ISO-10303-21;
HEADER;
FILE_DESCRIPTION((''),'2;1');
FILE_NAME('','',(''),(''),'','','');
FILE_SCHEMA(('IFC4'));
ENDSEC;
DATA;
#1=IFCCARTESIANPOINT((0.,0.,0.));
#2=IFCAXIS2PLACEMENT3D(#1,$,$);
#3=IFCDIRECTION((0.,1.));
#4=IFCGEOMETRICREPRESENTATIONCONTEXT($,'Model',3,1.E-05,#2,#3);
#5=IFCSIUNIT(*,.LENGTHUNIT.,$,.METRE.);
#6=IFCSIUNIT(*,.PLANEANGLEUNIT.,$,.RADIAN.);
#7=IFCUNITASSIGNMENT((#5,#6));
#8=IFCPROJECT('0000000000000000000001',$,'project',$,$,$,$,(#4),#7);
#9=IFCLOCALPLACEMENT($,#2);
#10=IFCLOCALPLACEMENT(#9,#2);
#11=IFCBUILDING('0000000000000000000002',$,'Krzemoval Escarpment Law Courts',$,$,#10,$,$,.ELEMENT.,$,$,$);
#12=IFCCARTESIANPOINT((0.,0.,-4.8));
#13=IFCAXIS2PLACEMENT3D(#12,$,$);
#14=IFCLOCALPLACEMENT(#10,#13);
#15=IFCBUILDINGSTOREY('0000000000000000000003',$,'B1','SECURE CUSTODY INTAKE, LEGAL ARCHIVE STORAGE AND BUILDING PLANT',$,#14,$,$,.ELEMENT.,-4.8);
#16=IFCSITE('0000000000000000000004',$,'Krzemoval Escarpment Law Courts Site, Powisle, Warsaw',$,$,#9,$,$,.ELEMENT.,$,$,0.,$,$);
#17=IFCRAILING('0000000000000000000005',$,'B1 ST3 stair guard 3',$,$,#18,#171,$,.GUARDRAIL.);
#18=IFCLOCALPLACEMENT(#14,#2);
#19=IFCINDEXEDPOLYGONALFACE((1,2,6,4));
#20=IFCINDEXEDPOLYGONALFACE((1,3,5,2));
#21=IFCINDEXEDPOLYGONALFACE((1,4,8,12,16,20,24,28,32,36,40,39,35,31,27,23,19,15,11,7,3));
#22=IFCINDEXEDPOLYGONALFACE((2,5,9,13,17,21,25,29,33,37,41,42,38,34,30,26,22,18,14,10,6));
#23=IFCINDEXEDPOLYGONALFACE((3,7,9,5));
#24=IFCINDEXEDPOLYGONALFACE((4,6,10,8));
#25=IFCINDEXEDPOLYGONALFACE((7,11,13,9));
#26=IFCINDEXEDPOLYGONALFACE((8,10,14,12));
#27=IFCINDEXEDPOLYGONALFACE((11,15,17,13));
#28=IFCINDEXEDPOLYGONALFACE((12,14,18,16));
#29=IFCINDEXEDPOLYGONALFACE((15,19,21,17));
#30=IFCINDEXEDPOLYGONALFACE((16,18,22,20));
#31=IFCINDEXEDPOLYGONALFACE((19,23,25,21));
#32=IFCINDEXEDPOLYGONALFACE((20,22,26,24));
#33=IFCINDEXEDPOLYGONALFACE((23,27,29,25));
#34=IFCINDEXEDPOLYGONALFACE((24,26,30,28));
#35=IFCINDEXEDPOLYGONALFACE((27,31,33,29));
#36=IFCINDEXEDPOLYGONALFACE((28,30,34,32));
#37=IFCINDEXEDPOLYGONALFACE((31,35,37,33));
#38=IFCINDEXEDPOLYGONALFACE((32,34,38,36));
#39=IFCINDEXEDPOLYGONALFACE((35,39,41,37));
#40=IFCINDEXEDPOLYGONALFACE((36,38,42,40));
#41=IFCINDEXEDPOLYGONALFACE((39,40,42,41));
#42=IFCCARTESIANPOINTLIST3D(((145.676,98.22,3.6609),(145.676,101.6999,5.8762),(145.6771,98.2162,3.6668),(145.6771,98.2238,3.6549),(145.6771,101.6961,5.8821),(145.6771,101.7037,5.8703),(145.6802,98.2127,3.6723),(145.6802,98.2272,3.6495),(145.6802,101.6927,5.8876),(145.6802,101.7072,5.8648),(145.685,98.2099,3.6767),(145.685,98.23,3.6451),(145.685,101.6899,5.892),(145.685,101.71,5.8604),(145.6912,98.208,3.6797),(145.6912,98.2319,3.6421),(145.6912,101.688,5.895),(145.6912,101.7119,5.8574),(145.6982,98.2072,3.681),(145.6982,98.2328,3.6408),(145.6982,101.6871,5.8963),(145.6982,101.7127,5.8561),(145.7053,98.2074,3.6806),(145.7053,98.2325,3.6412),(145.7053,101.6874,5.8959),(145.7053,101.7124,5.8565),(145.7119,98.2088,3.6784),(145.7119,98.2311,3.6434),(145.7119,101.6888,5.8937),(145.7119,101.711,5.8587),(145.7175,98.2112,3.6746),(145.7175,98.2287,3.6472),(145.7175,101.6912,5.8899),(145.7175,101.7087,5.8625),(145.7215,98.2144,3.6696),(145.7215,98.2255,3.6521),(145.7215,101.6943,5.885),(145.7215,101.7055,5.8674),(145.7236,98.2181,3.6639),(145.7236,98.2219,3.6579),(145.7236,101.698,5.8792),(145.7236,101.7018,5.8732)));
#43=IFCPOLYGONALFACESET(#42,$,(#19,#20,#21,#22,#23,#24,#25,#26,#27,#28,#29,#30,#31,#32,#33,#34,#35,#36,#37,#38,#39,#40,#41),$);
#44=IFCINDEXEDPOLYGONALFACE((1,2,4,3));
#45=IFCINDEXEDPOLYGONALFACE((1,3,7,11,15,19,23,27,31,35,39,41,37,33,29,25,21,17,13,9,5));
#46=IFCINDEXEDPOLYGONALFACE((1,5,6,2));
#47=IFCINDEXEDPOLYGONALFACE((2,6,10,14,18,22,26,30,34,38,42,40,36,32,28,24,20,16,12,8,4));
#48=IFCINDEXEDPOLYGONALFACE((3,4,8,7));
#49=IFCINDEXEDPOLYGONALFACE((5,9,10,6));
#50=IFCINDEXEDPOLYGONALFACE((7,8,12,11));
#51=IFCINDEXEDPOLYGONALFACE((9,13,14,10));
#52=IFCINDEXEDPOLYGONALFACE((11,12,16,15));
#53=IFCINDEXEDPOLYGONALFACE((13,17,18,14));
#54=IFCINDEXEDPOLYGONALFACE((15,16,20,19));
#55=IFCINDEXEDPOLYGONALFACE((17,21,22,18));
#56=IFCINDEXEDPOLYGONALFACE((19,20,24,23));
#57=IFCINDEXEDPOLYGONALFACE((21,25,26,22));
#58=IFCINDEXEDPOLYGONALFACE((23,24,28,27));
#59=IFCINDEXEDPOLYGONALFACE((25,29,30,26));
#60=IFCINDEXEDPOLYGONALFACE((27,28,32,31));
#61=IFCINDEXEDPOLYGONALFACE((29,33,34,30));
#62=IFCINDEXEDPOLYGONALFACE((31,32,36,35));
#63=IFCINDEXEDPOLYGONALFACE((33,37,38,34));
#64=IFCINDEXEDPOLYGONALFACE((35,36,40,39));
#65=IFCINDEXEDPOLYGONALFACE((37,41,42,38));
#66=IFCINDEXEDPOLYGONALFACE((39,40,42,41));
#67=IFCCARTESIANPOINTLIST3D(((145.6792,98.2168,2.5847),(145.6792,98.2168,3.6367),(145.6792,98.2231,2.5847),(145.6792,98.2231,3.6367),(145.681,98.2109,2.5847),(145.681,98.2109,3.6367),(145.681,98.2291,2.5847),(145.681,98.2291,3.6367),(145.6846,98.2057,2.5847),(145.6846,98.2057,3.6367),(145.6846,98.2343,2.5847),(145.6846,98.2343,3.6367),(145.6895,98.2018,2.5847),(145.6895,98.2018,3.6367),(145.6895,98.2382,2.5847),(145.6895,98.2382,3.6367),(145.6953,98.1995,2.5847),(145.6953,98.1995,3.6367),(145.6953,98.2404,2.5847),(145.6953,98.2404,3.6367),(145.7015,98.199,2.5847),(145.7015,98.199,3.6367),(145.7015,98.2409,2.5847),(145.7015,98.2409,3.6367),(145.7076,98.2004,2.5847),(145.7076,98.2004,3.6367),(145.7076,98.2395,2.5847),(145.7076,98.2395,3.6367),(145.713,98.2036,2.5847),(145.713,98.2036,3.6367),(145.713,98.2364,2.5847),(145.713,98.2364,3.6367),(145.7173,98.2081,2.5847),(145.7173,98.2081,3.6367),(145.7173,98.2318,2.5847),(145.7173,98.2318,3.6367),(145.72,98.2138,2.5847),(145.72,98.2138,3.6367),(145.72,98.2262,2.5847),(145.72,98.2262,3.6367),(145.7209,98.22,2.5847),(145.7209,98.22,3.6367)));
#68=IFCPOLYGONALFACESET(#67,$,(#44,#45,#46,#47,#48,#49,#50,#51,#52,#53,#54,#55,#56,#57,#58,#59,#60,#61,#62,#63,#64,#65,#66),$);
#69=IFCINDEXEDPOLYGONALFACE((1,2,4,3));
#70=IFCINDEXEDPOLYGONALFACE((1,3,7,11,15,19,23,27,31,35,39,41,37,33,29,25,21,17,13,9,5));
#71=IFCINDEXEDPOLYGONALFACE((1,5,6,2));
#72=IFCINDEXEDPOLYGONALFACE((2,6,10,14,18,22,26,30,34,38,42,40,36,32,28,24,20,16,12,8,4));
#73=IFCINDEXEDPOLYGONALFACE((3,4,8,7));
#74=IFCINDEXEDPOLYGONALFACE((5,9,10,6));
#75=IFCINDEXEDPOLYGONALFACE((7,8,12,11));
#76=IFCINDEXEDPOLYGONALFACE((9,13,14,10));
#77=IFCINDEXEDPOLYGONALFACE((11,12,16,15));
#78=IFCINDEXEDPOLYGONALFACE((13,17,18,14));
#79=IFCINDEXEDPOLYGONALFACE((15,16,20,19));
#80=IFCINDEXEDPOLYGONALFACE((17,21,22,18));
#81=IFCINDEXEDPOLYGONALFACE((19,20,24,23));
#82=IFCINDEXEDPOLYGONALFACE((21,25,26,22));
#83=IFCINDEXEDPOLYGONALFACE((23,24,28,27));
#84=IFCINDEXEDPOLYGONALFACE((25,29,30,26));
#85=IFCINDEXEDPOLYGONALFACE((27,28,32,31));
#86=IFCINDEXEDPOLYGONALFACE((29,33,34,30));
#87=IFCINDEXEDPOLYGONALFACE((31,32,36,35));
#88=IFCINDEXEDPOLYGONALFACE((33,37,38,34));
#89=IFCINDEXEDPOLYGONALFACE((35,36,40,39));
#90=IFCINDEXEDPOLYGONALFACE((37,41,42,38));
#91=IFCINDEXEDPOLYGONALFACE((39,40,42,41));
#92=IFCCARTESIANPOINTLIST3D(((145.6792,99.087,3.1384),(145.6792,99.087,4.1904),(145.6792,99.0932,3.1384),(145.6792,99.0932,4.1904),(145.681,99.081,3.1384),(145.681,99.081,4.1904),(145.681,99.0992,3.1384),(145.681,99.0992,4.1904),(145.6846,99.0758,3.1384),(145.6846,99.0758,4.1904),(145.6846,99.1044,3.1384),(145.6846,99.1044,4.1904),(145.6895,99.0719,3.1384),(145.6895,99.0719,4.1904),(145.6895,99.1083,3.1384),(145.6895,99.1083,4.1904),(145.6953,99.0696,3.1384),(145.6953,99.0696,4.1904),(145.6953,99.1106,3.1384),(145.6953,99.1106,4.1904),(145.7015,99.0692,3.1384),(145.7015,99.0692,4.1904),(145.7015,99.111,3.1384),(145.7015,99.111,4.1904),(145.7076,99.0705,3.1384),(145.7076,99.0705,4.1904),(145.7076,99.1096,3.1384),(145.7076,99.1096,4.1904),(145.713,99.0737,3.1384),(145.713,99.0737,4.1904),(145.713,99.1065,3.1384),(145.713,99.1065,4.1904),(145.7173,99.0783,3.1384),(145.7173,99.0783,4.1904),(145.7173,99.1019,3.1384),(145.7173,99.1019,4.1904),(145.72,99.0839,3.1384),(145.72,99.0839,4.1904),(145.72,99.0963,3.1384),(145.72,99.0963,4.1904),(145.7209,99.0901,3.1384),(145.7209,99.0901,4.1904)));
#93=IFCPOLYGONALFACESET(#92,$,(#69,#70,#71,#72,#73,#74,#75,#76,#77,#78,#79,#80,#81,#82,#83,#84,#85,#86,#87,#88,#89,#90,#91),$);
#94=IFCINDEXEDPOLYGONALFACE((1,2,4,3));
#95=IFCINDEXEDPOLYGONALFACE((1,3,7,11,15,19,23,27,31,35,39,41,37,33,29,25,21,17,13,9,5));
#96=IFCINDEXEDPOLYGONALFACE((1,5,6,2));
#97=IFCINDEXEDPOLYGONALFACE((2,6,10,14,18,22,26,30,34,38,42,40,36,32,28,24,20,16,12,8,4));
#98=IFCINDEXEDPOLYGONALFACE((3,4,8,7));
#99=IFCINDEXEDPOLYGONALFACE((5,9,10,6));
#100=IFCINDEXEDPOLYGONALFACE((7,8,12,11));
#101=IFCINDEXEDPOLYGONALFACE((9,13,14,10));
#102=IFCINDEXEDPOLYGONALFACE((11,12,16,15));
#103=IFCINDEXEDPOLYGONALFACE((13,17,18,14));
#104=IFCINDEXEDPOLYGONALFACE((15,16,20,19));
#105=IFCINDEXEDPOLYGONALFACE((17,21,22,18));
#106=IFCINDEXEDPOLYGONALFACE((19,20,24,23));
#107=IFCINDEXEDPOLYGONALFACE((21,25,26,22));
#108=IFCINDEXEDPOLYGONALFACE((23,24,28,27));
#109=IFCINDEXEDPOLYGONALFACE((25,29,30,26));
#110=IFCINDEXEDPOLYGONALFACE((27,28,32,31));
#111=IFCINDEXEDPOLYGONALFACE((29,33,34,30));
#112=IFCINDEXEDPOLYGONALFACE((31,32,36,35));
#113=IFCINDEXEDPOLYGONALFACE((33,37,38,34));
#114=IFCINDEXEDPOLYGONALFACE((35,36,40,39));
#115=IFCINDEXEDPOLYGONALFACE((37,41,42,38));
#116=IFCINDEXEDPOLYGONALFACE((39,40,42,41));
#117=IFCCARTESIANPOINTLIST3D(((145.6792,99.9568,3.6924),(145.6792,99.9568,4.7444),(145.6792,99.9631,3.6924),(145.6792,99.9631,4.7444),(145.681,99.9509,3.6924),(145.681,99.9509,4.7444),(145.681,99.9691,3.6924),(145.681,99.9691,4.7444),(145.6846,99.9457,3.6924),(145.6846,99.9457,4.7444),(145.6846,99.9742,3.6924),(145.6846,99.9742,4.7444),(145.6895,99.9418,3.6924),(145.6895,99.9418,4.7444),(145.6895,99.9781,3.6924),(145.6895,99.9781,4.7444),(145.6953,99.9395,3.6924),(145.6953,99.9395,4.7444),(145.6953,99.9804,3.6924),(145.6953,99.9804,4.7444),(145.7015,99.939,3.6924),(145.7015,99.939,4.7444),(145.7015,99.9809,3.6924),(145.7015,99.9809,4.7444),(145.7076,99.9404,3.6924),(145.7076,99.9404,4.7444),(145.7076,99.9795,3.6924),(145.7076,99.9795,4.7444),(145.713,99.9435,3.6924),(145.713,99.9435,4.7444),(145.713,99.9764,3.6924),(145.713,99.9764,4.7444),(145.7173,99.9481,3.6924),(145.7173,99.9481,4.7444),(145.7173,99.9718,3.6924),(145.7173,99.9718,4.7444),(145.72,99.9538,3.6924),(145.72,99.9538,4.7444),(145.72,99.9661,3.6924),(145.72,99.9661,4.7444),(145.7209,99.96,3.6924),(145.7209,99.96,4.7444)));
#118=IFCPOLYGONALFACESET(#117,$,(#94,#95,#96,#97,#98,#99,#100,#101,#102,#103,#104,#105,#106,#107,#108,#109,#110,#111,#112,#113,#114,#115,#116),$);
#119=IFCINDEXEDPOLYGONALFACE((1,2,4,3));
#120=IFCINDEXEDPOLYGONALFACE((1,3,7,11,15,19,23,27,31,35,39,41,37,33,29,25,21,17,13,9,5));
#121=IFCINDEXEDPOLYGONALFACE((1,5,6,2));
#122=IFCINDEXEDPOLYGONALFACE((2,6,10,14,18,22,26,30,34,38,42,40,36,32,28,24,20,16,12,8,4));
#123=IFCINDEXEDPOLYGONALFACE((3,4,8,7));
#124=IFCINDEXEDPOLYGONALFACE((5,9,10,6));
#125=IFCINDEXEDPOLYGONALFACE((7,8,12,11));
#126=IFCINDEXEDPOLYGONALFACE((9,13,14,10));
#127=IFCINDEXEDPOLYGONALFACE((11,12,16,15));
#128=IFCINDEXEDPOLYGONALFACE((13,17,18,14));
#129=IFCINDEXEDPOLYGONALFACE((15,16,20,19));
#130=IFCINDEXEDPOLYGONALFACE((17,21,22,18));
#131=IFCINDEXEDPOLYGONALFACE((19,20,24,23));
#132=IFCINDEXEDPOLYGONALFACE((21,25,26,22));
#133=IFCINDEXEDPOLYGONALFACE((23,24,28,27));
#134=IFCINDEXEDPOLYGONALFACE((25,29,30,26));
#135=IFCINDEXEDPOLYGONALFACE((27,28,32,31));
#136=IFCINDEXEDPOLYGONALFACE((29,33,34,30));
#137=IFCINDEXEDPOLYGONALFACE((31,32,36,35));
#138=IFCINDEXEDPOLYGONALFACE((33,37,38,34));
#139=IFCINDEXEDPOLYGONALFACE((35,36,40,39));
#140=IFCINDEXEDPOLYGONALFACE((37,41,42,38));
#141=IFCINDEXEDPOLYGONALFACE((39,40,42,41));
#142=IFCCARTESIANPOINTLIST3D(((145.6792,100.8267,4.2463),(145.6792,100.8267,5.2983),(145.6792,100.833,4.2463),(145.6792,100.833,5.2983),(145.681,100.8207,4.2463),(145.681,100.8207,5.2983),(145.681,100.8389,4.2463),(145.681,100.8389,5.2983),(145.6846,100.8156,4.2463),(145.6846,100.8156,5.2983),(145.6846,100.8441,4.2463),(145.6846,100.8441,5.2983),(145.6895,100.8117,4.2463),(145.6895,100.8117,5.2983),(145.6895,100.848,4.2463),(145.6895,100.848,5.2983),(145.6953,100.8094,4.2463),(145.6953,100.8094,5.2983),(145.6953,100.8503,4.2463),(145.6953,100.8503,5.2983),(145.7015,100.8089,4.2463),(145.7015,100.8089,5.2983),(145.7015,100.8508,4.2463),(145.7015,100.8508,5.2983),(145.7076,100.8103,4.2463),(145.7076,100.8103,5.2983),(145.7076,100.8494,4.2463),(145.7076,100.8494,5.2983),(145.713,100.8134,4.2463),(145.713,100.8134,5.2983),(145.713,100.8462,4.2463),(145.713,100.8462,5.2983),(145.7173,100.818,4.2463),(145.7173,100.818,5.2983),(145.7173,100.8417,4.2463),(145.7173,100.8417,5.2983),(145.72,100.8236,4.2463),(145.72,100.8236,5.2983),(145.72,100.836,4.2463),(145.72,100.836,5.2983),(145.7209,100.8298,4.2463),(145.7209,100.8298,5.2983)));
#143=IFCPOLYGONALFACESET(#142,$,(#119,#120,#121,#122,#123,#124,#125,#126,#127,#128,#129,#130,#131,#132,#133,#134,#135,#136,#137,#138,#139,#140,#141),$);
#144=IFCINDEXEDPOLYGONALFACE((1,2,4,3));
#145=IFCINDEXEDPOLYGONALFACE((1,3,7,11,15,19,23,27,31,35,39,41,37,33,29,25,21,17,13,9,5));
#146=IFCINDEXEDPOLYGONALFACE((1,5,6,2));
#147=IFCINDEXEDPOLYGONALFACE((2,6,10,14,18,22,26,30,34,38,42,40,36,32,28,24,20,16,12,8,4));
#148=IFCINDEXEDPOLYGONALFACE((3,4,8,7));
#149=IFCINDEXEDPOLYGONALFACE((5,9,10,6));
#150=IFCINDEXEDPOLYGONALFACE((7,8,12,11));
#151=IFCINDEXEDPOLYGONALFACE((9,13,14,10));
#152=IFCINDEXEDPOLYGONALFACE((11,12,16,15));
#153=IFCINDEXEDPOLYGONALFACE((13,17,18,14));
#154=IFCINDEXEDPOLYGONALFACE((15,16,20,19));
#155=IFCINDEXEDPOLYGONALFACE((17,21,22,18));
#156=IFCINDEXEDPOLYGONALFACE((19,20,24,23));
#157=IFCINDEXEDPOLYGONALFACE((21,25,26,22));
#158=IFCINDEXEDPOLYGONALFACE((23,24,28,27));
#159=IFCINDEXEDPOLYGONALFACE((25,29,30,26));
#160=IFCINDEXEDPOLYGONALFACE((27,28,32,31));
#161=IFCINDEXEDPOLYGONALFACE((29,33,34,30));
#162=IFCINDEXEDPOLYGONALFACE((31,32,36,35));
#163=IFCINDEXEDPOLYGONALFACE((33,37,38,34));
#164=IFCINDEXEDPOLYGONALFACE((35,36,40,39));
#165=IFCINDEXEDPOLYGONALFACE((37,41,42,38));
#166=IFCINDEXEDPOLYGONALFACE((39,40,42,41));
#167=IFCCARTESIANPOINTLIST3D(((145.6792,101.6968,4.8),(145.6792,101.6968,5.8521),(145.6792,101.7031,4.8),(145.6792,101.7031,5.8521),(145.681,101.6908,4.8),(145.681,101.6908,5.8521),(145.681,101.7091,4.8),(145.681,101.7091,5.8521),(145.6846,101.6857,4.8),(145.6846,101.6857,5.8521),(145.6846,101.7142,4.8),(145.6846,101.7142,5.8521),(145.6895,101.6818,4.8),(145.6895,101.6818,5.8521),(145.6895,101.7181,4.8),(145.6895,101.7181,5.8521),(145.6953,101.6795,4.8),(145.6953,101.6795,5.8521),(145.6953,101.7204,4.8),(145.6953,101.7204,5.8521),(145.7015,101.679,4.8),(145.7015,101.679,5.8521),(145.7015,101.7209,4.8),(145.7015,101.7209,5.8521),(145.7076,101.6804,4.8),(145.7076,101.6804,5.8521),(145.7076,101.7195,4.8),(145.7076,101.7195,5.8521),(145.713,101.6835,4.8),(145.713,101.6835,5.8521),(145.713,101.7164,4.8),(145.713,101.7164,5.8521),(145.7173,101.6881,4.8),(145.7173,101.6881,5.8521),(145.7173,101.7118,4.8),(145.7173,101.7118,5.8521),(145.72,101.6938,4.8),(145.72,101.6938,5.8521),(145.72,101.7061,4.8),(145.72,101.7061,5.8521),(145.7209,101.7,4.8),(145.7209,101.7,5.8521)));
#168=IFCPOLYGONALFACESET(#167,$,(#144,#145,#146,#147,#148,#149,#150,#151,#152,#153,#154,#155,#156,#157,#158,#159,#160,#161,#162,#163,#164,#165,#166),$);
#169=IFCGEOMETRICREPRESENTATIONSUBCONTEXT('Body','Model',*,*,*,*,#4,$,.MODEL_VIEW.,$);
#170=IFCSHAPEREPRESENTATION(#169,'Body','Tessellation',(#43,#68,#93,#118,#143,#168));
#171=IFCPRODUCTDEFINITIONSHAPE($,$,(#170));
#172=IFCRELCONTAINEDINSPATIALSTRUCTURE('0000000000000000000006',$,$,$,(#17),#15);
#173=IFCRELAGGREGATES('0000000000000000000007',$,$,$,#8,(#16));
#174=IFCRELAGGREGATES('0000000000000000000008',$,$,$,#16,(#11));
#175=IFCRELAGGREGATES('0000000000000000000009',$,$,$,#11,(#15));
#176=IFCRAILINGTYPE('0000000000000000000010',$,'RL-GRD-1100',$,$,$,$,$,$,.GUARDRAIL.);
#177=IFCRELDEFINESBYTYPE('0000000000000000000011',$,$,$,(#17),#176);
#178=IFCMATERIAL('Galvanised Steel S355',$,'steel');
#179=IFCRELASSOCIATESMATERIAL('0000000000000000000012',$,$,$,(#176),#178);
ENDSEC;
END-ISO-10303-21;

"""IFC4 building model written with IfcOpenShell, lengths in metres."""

from ifc_helpers import new_model, si_unit, direction, frame, origin, origin_2d, place, context, subcontext, project, spatial, circle, extrude, material, type_object, element, save


model = new_model("IFC4")

# Units and contexts
model_context = context("Model", 3, precision=1e-05, world=origin(), true_north=direction((0.0, 1.0)))
body_context = subcontext(model_context, "Body", "Model", "MODEL_VIEW")
ifc_project = project(units=[si_unit("LENGTHUNIT", "METRE"), si_unit("PLANEANGLEUNIT", "RADIAN")], contexts=[model_context])

# Site, building, storey
site_placement = place(None, origin())
site = spatial("IfcSite", under=ifc_project, at=site_placement, Name="Krzemoval Escarpment Law Courts Site, Powisle, Warsaw", CompositionType="ELEMENT", RefElevation=0.0)
building_placement = place(site_placement, origin())
building = spatial("IfcBuilding", under=site, at=building_placement, Name="Krzemoval Escarpment Law Courts", CompositionType="ELEMENT")
storey_placement = place(building_placement, frame((0.0, 0.0, -4.8)))
storey = spatial("IfcBuildingStorey", under=building, at=storey_placement, Name="B1", Description="SECURE CUSTODY INTAKE, LEGAL ARCHIVE STORAGE AND BUILDING PLANT", CompositionType="ELEMENT", Elevation=-4.8)

# Railing
ifc_material_1 = material(Name="Galvanised Steel S355", Category="steel")
railing_type_1 = type_object("IfcRailingType", Name="RL-GRD-1100", PredefinedType="GUARDRAIL", material=ifc_material_1)
railing_1_placement = place(storey_placement, frame((145.7, 98.22, 2.5847)))
element("IfcRailing", 1, at=railing_1_placement, inside=storey, type_object=railing_type_1, Name="B1 ST3 stair guard 3", PredefinedType="GUARDRAIL", context=body_context, shape_type="SweptSolid", body=[
    extrude(circle(Radius=0.0239, at=origin_2d()), frame((0.0, 0.0, 1.0762), z_axis=(0.0, 0.843574, 0.537013), x_axis=(-1.0, 0.0, 0.0)), (0.0, 0.0, 1.0), 4.1252),
    extrude(circle(Radius=0.021, at=origin_2d()), origin(), (0.0, 0.0, 1.0), 1.052),
    extrude(circle(Radius=0.021, at=origin_2d()), frame((0.0, 0.8701, 0.5537)), (0.0, 0.0, 1.0), 1.052),
    extrude(circle(Radius=0.021, at=origin_2d()), frame((0.0, 1.74, 1.1077)), (0.0, 0.0, 1.0), 1.052),
    extrude(circle(Radius=0.021, at=origin_2d()), frame((0.0, 2.6099, 1.6616)), (0.0, 0.0, 1.0), 1.052),
    extrude(circle(Radius=0.021, at=origin_2d()), frame((0.0, 3.48, 2.2153)), (0.0, 0.0, 1.0), 1.052),
])

save(model, "model.ifc")
